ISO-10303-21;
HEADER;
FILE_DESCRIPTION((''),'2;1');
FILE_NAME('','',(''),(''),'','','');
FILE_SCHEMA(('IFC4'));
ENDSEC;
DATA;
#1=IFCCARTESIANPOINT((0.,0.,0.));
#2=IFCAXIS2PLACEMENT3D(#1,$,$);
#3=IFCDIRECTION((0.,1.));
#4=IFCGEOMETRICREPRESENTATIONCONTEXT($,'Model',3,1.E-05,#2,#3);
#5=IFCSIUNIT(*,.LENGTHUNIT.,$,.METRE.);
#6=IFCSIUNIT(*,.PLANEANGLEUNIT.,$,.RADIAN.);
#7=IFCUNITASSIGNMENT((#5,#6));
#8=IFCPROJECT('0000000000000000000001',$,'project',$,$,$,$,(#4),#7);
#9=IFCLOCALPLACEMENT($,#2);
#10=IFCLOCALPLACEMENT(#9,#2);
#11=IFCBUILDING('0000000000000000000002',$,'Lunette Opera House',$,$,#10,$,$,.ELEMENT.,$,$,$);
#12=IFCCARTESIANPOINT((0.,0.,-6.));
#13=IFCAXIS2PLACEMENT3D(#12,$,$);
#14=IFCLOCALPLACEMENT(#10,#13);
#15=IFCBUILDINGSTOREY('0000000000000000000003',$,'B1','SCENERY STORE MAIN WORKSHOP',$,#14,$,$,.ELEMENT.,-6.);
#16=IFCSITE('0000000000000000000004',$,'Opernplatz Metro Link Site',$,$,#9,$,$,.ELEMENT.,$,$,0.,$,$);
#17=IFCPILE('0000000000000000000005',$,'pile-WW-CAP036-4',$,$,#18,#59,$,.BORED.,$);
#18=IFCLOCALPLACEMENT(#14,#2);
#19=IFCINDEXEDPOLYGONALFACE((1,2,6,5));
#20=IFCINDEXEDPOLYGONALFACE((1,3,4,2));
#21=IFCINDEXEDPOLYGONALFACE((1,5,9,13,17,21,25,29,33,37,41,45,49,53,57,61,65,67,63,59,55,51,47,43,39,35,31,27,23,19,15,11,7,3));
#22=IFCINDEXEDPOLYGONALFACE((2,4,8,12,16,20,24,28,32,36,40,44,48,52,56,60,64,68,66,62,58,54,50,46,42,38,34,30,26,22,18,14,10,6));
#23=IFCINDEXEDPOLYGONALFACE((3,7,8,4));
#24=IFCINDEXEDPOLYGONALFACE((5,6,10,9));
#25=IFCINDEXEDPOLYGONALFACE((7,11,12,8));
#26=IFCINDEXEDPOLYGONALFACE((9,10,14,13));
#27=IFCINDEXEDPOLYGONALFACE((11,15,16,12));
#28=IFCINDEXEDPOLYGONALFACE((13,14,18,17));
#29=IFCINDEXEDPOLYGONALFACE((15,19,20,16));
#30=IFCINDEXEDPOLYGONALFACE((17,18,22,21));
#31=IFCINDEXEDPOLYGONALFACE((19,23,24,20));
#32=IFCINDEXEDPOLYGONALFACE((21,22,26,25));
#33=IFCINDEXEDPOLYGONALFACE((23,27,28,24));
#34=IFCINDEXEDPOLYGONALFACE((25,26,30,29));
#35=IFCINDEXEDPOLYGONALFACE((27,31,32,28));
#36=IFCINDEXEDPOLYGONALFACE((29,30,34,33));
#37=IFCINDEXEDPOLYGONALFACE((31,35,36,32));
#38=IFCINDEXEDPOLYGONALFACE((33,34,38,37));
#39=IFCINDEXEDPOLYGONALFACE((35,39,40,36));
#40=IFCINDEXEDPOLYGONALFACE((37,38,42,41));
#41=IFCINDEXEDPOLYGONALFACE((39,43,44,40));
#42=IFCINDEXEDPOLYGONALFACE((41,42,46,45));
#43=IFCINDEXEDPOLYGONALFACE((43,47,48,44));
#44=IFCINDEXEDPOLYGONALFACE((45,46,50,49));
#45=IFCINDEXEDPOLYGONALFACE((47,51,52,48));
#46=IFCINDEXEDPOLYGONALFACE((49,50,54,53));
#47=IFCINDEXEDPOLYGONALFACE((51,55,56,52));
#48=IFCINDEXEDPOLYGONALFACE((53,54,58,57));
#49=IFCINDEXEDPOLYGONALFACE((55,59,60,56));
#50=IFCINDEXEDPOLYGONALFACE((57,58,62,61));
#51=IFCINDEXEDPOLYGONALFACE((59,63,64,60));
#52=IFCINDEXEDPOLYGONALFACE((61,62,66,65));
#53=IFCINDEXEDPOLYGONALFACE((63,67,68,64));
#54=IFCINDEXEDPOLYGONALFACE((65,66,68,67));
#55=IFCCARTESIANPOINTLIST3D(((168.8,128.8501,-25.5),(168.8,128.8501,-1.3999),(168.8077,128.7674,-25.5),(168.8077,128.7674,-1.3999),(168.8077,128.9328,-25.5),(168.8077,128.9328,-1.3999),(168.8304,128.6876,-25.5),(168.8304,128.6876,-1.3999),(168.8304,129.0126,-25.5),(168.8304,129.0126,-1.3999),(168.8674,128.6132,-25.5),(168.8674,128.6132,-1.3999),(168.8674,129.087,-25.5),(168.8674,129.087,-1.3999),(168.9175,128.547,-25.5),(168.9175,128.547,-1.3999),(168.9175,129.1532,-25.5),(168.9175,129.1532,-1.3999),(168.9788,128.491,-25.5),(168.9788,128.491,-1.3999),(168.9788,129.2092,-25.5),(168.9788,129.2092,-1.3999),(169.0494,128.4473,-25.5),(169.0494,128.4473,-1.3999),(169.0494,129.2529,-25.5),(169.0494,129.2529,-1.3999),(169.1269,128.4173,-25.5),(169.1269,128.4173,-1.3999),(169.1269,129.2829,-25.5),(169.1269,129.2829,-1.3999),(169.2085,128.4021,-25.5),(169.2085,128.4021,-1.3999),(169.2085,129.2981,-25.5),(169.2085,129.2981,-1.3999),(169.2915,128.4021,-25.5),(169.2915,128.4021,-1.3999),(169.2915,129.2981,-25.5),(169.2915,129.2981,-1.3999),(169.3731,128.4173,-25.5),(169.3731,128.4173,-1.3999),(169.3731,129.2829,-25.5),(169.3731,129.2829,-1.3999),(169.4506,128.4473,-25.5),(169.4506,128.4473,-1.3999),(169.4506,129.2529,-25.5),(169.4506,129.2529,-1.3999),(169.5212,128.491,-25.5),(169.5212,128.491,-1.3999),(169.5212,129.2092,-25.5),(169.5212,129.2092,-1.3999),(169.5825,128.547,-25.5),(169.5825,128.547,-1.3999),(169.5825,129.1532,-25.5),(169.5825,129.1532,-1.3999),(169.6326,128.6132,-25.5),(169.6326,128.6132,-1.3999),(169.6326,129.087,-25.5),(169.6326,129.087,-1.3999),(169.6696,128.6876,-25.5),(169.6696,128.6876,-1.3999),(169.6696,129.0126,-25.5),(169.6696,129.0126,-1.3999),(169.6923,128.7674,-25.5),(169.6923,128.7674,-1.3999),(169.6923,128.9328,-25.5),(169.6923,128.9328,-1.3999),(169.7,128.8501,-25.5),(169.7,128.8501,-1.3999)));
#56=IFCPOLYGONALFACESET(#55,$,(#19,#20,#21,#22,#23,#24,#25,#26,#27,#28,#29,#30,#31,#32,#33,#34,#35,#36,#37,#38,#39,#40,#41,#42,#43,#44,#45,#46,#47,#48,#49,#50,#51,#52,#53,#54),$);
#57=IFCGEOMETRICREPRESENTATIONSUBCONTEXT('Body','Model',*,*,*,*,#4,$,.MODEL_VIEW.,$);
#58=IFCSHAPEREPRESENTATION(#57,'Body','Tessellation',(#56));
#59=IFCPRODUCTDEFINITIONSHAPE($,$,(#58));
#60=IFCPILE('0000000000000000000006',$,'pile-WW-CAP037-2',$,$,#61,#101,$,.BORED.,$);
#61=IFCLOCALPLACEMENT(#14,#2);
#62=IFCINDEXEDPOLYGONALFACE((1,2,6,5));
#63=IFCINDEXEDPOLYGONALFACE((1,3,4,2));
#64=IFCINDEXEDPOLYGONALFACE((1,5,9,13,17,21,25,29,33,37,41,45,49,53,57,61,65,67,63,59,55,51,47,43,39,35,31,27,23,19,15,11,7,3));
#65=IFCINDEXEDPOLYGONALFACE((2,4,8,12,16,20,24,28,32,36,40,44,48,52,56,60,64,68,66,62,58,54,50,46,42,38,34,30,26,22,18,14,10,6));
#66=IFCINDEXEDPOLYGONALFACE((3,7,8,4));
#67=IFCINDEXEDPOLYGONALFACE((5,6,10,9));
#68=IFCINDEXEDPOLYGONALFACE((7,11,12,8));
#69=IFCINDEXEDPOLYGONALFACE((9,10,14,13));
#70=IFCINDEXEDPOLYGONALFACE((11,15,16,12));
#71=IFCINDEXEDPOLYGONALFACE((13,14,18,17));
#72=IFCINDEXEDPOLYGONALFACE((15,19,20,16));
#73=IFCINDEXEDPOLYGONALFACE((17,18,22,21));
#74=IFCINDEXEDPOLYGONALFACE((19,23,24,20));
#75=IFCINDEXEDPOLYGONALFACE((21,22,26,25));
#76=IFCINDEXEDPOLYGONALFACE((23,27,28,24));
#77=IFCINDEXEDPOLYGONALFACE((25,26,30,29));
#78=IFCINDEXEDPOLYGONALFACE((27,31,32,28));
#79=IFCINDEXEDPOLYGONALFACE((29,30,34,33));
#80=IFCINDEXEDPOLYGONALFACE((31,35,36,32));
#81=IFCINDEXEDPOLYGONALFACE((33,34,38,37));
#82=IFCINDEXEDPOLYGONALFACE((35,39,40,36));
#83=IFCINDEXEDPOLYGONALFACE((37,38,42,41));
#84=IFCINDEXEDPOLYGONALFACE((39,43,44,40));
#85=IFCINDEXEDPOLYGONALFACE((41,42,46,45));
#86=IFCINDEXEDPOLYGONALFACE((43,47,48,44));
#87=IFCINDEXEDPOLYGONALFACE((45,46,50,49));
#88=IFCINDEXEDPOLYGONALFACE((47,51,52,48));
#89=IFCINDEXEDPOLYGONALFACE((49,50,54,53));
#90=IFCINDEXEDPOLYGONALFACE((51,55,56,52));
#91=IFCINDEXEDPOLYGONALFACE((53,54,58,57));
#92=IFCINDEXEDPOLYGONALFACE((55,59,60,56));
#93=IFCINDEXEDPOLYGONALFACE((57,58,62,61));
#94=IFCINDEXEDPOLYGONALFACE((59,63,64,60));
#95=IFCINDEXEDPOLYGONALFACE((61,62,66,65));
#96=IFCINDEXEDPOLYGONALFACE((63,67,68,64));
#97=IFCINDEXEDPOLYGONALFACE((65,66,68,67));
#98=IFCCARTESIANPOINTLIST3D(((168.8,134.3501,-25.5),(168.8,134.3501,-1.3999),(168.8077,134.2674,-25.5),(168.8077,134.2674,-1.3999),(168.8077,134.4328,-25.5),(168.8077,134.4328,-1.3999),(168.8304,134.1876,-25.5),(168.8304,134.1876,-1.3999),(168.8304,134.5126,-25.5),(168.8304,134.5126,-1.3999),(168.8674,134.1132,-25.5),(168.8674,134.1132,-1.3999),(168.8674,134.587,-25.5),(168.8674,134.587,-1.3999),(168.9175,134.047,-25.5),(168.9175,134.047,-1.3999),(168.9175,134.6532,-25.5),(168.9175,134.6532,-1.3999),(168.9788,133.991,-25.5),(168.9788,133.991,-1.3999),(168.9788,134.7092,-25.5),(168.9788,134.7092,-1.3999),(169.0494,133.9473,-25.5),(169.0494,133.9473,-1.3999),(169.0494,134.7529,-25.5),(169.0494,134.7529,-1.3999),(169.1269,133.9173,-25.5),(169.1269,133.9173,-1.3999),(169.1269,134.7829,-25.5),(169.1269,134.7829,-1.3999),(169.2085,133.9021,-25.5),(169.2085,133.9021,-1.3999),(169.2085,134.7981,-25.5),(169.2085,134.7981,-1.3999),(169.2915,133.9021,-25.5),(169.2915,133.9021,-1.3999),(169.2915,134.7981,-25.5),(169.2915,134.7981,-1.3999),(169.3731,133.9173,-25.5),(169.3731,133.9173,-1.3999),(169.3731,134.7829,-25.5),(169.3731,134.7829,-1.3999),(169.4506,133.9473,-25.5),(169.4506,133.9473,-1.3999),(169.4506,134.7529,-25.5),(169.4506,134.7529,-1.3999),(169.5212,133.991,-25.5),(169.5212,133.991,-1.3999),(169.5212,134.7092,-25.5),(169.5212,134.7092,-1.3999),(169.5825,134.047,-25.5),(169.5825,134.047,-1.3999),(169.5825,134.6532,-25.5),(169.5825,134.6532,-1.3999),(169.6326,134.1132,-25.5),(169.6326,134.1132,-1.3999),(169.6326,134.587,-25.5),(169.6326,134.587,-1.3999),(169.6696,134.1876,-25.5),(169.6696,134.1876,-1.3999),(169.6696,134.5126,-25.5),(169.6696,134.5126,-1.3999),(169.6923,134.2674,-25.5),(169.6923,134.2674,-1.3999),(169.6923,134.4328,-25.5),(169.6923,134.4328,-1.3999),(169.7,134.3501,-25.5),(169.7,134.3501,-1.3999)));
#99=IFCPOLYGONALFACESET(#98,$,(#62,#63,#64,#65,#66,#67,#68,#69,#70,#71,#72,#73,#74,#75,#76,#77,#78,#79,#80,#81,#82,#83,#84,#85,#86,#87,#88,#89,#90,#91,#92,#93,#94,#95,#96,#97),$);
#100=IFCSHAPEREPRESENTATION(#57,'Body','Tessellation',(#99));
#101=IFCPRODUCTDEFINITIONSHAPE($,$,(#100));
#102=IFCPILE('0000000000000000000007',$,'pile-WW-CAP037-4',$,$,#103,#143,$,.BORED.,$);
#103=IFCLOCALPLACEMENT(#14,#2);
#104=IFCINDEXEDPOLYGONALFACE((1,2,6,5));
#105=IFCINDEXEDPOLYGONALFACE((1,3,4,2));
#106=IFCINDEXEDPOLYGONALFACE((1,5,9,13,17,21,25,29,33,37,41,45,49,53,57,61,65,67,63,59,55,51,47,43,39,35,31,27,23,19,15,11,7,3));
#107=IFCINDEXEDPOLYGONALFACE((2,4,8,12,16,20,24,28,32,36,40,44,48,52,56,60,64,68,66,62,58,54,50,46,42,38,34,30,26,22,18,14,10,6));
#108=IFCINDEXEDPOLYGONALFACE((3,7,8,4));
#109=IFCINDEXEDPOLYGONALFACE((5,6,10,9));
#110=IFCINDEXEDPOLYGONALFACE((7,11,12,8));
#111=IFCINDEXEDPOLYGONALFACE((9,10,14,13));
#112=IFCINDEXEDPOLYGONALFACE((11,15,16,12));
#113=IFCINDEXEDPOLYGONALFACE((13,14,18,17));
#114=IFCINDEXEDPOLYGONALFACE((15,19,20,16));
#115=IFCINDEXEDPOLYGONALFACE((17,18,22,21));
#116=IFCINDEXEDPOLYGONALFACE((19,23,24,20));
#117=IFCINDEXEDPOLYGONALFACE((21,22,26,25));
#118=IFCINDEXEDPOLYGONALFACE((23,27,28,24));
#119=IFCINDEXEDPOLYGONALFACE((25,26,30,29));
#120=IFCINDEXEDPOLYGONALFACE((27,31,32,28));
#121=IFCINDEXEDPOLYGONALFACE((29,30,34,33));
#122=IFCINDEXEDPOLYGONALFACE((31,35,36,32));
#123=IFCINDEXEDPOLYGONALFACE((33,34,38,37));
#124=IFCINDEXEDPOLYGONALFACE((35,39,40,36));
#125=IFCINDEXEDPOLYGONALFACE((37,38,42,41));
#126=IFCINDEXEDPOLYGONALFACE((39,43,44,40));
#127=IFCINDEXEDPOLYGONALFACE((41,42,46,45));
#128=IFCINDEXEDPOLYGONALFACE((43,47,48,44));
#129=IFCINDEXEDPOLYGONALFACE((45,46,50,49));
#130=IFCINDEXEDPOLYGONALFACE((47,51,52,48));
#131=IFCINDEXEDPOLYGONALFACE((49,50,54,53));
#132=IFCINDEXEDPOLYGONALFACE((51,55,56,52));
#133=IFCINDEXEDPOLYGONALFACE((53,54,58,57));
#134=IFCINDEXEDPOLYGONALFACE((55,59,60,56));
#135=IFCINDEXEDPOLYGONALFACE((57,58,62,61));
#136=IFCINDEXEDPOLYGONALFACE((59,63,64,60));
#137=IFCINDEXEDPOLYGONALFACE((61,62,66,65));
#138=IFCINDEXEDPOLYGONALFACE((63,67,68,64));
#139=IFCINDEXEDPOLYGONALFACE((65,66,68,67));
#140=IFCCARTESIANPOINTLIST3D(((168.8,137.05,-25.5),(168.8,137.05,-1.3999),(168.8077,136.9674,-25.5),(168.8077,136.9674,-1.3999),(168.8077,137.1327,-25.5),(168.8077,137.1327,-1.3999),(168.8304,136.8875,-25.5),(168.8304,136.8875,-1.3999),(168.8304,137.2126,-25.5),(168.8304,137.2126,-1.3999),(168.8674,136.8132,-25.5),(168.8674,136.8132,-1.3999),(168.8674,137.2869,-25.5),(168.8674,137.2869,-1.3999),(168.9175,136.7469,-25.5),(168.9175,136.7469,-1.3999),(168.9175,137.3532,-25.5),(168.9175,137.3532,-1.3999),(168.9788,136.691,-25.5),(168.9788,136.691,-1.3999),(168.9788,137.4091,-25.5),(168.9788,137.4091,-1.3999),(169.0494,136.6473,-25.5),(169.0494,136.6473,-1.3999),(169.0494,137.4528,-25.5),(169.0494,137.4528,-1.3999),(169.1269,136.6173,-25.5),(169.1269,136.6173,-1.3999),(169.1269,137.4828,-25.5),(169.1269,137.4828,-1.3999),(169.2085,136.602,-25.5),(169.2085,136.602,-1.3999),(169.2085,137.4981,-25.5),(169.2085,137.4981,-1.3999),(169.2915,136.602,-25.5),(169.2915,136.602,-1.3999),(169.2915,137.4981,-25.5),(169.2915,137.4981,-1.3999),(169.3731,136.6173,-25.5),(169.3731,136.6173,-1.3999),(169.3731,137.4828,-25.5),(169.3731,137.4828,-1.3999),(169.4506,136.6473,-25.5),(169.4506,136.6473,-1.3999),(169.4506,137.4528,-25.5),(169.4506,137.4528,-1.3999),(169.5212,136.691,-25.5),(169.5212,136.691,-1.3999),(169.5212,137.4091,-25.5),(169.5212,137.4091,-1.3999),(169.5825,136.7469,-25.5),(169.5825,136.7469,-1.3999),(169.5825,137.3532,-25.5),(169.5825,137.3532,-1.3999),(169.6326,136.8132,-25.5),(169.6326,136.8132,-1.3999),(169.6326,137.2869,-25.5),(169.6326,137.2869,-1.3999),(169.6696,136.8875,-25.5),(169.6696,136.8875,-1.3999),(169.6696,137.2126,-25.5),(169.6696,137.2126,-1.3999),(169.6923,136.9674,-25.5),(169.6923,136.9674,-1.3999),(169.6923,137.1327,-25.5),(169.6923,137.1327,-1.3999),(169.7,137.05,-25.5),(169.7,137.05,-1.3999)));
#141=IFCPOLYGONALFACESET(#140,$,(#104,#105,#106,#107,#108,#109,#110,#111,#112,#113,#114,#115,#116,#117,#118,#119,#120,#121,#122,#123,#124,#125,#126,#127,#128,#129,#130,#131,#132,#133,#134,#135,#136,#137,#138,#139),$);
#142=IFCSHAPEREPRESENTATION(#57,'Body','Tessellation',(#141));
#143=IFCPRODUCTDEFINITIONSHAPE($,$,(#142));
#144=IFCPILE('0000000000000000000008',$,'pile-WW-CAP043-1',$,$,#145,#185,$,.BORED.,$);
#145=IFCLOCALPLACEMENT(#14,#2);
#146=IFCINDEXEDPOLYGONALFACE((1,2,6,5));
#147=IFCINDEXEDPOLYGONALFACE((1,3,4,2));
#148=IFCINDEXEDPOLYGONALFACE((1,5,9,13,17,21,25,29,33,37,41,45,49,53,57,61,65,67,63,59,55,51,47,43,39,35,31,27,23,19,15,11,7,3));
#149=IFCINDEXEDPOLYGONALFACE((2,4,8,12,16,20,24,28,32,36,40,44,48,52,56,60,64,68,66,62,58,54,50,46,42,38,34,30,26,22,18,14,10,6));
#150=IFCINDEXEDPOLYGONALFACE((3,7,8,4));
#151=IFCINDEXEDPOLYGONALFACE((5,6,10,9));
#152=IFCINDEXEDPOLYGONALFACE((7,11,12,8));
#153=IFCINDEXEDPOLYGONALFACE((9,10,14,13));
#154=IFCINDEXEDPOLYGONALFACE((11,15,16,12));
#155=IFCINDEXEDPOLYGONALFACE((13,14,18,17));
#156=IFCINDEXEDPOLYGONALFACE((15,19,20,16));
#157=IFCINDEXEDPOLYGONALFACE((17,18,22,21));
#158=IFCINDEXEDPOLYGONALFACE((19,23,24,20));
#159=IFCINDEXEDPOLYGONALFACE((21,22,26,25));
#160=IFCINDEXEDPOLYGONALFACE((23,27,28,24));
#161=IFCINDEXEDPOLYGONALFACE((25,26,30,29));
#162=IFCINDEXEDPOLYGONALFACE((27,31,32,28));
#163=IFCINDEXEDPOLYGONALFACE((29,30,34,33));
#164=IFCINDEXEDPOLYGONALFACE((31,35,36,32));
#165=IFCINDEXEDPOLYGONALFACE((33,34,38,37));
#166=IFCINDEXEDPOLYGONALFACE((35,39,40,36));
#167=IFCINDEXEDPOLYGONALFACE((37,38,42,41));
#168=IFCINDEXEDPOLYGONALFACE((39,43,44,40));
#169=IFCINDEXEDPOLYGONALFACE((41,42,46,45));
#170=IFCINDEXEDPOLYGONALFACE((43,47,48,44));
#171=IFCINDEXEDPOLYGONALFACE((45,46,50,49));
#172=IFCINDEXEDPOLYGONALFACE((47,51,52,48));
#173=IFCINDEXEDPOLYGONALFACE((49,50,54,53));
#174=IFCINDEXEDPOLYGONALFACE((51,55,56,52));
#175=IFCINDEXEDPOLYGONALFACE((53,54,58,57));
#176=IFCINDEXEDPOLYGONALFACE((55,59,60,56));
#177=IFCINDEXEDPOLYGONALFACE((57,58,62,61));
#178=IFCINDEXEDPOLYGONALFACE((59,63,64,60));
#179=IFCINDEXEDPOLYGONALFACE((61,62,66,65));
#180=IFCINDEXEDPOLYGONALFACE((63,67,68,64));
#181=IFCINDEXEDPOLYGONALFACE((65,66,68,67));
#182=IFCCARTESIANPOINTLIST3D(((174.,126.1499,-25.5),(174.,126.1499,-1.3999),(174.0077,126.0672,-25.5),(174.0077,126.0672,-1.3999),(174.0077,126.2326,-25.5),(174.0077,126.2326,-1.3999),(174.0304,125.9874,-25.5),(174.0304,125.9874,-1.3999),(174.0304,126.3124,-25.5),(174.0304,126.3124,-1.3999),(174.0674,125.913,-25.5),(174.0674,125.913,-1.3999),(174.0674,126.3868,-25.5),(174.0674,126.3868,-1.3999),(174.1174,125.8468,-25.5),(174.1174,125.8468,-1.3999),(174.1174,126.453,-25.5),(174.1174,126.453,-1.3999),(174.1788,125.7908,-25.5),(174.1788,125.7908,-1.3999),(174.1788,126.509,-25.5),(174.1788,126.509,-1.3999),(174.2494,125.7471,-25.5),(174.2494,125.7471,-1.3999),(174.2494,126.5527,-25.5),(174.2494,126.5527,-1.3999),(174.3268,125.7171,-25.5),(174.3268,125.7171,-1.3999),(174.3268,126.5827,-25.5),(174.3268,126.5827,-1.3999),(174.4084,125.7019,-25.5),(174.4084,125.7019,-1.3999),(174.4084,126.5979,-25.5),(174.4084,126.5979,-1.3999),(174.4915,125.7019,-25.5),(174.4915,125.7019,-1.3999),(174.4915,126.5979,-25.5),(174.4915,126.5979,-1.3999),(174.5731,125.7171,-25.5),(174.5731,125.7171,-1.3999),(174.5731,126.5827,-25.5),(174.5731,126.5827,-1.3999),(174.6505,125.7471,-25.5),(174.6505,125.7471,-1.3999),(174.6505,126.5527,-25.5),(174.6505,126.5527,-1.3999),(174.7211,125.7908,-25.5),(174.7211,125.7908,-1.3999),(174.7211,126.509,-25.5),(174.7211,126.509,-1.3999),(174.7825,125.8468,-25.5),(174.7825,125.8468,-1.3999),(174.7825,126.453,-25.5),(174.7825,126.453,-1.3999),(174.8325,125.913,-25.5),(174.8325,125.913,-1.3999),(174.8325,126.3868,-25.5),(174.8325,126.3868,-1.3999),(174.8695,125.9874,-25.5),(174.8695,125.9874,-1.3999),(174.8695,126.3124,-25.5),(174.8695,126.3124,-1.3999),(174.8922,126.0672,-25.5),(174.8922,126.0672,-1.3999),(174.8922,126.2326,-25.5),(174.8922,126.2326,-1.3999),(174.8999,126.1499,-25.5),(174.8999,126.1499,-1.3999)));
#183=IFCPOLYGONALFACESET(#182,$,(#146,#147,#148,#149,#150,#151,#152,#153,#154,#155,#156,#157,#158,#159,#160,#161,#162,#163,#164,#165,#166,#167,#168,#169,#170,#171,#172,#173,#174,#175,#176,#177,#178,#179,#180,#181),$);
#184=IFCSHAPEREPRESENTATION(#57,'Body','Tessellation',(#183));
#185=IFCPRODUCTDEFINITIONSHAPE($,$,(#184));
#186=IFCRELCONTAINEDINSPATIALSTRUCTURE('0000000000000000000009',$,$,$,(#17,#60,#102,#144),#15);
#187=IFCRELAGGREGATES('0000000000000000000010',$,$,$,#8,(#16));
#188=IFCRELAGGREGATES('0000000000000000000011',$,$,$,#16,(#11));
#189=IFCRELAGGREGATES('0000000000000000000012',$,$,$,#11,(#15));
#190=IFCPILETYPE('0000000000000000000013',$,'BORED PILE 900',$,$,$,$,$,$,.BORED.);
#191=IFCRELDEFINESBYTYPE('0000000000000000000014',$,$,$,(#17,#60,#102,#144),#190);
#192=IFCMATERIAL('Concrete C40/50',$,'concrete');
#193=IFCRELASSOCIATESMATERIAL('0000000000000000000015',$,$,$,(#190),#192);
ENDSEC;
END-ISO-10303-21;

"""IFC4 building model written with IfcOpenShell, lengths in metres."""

from ifc_helpers import new_model, si_unit, direction, frame, origin, origin_2d, place, context, subcontext, project, spatial, circle, extrude, material, material_profile, profile_set, type_object, element, save


model = new_model("IFC4")

# Units and contexts
model_context = context("Model", 3, precision=1e-05, world=origin(), true_north=direction((0.0, 1.0)))
body_context = subcontext(model_context, "Body", "Model", "MODEL_VIEW")
ifc_project = project(units=[si_unit("LENGTHUNIT", "METRE"), si_unit("PLANEANGLEUNIT", "RADIAN")], contexts=[model_context])

# Site, building, storey
site_placement = place(None, origin())
site = spatial("IfcSite", under=ifc_project, at=site_placement, Name="Opernplatz Metro Link Site", CompositionType="ELEMENT", RefElevation=0.0)
building_placement = place(site_placement, origin())
building = spatial("IfcBuilding", under=site, at=building_placement, Name="Lunette Opera House", CompositionType="ELEMENT")
storey_placement = place(building_placement, frame((0.0, 0.0, -6.0)))
storey = spatial("IfcBuildingStorey", under=building, at=storey_placement, Name="B1", Description="SCENERY STORE MAIN WORKSHOP", CompositionType="ELEMENT", Elevation=-6.0)

# Piles
ifc_material_1 = material(Name="Concrete C40/50", Category="concrete")
ifc_material_profile_1 = material_profile(ifc_material_1, circle(Radius=0.45, at=origin_2d()), Name="BORED PILE 900")
ifc_profile_set_1 = profile_set([ifc_material_profile_1], Name="Concrete C40/50")
pile_type = type_object("IfcPileType", Name="BORED PILE 900", PredefinedType="BORED", material=ifc_profile_set_1)
for number, where, z_axis, x_axis, name in (
    (1, (169.25, 128.8501, -1.3999), (0.0, 0.0, -1.0), (1.0, 0.0, 0.0), "pile-WW-CAP036-4"),
    (2, (169.25, 134.3501, -1.3999), (0.0, 0.0, -1.0), (1.0, 0.0, 0.0), "pile-WW-CAP037-2"),
    (3, (169.25, 137.05, -1.3999), (0.0, 0.0, -1.0), (1.0, 0.0, 0.0), "pile-WW-CAP037-4"),
    (4, (174.45, 126.1499, -1.3999), (0.0, 0.0, -1.0), (1.0, 0.0, 0.0), "pile-WW-CAP043-1"),
):
    element("IfcPile", number, at=place(storey_placement, frame(where, z_axis=z_axis, x_axis=x_axis)), inside=storey, type_object=pile_type, Name=name, PredefinedType="BORED", context=body_context, shape_type="SweptSolid", body=[
        extrude(circle(Radius=0.45, at=origin_2d()), origin(), (0.0, 0.0, 1.0), 24.1001),
    ])

save(model, "model.ifc")
